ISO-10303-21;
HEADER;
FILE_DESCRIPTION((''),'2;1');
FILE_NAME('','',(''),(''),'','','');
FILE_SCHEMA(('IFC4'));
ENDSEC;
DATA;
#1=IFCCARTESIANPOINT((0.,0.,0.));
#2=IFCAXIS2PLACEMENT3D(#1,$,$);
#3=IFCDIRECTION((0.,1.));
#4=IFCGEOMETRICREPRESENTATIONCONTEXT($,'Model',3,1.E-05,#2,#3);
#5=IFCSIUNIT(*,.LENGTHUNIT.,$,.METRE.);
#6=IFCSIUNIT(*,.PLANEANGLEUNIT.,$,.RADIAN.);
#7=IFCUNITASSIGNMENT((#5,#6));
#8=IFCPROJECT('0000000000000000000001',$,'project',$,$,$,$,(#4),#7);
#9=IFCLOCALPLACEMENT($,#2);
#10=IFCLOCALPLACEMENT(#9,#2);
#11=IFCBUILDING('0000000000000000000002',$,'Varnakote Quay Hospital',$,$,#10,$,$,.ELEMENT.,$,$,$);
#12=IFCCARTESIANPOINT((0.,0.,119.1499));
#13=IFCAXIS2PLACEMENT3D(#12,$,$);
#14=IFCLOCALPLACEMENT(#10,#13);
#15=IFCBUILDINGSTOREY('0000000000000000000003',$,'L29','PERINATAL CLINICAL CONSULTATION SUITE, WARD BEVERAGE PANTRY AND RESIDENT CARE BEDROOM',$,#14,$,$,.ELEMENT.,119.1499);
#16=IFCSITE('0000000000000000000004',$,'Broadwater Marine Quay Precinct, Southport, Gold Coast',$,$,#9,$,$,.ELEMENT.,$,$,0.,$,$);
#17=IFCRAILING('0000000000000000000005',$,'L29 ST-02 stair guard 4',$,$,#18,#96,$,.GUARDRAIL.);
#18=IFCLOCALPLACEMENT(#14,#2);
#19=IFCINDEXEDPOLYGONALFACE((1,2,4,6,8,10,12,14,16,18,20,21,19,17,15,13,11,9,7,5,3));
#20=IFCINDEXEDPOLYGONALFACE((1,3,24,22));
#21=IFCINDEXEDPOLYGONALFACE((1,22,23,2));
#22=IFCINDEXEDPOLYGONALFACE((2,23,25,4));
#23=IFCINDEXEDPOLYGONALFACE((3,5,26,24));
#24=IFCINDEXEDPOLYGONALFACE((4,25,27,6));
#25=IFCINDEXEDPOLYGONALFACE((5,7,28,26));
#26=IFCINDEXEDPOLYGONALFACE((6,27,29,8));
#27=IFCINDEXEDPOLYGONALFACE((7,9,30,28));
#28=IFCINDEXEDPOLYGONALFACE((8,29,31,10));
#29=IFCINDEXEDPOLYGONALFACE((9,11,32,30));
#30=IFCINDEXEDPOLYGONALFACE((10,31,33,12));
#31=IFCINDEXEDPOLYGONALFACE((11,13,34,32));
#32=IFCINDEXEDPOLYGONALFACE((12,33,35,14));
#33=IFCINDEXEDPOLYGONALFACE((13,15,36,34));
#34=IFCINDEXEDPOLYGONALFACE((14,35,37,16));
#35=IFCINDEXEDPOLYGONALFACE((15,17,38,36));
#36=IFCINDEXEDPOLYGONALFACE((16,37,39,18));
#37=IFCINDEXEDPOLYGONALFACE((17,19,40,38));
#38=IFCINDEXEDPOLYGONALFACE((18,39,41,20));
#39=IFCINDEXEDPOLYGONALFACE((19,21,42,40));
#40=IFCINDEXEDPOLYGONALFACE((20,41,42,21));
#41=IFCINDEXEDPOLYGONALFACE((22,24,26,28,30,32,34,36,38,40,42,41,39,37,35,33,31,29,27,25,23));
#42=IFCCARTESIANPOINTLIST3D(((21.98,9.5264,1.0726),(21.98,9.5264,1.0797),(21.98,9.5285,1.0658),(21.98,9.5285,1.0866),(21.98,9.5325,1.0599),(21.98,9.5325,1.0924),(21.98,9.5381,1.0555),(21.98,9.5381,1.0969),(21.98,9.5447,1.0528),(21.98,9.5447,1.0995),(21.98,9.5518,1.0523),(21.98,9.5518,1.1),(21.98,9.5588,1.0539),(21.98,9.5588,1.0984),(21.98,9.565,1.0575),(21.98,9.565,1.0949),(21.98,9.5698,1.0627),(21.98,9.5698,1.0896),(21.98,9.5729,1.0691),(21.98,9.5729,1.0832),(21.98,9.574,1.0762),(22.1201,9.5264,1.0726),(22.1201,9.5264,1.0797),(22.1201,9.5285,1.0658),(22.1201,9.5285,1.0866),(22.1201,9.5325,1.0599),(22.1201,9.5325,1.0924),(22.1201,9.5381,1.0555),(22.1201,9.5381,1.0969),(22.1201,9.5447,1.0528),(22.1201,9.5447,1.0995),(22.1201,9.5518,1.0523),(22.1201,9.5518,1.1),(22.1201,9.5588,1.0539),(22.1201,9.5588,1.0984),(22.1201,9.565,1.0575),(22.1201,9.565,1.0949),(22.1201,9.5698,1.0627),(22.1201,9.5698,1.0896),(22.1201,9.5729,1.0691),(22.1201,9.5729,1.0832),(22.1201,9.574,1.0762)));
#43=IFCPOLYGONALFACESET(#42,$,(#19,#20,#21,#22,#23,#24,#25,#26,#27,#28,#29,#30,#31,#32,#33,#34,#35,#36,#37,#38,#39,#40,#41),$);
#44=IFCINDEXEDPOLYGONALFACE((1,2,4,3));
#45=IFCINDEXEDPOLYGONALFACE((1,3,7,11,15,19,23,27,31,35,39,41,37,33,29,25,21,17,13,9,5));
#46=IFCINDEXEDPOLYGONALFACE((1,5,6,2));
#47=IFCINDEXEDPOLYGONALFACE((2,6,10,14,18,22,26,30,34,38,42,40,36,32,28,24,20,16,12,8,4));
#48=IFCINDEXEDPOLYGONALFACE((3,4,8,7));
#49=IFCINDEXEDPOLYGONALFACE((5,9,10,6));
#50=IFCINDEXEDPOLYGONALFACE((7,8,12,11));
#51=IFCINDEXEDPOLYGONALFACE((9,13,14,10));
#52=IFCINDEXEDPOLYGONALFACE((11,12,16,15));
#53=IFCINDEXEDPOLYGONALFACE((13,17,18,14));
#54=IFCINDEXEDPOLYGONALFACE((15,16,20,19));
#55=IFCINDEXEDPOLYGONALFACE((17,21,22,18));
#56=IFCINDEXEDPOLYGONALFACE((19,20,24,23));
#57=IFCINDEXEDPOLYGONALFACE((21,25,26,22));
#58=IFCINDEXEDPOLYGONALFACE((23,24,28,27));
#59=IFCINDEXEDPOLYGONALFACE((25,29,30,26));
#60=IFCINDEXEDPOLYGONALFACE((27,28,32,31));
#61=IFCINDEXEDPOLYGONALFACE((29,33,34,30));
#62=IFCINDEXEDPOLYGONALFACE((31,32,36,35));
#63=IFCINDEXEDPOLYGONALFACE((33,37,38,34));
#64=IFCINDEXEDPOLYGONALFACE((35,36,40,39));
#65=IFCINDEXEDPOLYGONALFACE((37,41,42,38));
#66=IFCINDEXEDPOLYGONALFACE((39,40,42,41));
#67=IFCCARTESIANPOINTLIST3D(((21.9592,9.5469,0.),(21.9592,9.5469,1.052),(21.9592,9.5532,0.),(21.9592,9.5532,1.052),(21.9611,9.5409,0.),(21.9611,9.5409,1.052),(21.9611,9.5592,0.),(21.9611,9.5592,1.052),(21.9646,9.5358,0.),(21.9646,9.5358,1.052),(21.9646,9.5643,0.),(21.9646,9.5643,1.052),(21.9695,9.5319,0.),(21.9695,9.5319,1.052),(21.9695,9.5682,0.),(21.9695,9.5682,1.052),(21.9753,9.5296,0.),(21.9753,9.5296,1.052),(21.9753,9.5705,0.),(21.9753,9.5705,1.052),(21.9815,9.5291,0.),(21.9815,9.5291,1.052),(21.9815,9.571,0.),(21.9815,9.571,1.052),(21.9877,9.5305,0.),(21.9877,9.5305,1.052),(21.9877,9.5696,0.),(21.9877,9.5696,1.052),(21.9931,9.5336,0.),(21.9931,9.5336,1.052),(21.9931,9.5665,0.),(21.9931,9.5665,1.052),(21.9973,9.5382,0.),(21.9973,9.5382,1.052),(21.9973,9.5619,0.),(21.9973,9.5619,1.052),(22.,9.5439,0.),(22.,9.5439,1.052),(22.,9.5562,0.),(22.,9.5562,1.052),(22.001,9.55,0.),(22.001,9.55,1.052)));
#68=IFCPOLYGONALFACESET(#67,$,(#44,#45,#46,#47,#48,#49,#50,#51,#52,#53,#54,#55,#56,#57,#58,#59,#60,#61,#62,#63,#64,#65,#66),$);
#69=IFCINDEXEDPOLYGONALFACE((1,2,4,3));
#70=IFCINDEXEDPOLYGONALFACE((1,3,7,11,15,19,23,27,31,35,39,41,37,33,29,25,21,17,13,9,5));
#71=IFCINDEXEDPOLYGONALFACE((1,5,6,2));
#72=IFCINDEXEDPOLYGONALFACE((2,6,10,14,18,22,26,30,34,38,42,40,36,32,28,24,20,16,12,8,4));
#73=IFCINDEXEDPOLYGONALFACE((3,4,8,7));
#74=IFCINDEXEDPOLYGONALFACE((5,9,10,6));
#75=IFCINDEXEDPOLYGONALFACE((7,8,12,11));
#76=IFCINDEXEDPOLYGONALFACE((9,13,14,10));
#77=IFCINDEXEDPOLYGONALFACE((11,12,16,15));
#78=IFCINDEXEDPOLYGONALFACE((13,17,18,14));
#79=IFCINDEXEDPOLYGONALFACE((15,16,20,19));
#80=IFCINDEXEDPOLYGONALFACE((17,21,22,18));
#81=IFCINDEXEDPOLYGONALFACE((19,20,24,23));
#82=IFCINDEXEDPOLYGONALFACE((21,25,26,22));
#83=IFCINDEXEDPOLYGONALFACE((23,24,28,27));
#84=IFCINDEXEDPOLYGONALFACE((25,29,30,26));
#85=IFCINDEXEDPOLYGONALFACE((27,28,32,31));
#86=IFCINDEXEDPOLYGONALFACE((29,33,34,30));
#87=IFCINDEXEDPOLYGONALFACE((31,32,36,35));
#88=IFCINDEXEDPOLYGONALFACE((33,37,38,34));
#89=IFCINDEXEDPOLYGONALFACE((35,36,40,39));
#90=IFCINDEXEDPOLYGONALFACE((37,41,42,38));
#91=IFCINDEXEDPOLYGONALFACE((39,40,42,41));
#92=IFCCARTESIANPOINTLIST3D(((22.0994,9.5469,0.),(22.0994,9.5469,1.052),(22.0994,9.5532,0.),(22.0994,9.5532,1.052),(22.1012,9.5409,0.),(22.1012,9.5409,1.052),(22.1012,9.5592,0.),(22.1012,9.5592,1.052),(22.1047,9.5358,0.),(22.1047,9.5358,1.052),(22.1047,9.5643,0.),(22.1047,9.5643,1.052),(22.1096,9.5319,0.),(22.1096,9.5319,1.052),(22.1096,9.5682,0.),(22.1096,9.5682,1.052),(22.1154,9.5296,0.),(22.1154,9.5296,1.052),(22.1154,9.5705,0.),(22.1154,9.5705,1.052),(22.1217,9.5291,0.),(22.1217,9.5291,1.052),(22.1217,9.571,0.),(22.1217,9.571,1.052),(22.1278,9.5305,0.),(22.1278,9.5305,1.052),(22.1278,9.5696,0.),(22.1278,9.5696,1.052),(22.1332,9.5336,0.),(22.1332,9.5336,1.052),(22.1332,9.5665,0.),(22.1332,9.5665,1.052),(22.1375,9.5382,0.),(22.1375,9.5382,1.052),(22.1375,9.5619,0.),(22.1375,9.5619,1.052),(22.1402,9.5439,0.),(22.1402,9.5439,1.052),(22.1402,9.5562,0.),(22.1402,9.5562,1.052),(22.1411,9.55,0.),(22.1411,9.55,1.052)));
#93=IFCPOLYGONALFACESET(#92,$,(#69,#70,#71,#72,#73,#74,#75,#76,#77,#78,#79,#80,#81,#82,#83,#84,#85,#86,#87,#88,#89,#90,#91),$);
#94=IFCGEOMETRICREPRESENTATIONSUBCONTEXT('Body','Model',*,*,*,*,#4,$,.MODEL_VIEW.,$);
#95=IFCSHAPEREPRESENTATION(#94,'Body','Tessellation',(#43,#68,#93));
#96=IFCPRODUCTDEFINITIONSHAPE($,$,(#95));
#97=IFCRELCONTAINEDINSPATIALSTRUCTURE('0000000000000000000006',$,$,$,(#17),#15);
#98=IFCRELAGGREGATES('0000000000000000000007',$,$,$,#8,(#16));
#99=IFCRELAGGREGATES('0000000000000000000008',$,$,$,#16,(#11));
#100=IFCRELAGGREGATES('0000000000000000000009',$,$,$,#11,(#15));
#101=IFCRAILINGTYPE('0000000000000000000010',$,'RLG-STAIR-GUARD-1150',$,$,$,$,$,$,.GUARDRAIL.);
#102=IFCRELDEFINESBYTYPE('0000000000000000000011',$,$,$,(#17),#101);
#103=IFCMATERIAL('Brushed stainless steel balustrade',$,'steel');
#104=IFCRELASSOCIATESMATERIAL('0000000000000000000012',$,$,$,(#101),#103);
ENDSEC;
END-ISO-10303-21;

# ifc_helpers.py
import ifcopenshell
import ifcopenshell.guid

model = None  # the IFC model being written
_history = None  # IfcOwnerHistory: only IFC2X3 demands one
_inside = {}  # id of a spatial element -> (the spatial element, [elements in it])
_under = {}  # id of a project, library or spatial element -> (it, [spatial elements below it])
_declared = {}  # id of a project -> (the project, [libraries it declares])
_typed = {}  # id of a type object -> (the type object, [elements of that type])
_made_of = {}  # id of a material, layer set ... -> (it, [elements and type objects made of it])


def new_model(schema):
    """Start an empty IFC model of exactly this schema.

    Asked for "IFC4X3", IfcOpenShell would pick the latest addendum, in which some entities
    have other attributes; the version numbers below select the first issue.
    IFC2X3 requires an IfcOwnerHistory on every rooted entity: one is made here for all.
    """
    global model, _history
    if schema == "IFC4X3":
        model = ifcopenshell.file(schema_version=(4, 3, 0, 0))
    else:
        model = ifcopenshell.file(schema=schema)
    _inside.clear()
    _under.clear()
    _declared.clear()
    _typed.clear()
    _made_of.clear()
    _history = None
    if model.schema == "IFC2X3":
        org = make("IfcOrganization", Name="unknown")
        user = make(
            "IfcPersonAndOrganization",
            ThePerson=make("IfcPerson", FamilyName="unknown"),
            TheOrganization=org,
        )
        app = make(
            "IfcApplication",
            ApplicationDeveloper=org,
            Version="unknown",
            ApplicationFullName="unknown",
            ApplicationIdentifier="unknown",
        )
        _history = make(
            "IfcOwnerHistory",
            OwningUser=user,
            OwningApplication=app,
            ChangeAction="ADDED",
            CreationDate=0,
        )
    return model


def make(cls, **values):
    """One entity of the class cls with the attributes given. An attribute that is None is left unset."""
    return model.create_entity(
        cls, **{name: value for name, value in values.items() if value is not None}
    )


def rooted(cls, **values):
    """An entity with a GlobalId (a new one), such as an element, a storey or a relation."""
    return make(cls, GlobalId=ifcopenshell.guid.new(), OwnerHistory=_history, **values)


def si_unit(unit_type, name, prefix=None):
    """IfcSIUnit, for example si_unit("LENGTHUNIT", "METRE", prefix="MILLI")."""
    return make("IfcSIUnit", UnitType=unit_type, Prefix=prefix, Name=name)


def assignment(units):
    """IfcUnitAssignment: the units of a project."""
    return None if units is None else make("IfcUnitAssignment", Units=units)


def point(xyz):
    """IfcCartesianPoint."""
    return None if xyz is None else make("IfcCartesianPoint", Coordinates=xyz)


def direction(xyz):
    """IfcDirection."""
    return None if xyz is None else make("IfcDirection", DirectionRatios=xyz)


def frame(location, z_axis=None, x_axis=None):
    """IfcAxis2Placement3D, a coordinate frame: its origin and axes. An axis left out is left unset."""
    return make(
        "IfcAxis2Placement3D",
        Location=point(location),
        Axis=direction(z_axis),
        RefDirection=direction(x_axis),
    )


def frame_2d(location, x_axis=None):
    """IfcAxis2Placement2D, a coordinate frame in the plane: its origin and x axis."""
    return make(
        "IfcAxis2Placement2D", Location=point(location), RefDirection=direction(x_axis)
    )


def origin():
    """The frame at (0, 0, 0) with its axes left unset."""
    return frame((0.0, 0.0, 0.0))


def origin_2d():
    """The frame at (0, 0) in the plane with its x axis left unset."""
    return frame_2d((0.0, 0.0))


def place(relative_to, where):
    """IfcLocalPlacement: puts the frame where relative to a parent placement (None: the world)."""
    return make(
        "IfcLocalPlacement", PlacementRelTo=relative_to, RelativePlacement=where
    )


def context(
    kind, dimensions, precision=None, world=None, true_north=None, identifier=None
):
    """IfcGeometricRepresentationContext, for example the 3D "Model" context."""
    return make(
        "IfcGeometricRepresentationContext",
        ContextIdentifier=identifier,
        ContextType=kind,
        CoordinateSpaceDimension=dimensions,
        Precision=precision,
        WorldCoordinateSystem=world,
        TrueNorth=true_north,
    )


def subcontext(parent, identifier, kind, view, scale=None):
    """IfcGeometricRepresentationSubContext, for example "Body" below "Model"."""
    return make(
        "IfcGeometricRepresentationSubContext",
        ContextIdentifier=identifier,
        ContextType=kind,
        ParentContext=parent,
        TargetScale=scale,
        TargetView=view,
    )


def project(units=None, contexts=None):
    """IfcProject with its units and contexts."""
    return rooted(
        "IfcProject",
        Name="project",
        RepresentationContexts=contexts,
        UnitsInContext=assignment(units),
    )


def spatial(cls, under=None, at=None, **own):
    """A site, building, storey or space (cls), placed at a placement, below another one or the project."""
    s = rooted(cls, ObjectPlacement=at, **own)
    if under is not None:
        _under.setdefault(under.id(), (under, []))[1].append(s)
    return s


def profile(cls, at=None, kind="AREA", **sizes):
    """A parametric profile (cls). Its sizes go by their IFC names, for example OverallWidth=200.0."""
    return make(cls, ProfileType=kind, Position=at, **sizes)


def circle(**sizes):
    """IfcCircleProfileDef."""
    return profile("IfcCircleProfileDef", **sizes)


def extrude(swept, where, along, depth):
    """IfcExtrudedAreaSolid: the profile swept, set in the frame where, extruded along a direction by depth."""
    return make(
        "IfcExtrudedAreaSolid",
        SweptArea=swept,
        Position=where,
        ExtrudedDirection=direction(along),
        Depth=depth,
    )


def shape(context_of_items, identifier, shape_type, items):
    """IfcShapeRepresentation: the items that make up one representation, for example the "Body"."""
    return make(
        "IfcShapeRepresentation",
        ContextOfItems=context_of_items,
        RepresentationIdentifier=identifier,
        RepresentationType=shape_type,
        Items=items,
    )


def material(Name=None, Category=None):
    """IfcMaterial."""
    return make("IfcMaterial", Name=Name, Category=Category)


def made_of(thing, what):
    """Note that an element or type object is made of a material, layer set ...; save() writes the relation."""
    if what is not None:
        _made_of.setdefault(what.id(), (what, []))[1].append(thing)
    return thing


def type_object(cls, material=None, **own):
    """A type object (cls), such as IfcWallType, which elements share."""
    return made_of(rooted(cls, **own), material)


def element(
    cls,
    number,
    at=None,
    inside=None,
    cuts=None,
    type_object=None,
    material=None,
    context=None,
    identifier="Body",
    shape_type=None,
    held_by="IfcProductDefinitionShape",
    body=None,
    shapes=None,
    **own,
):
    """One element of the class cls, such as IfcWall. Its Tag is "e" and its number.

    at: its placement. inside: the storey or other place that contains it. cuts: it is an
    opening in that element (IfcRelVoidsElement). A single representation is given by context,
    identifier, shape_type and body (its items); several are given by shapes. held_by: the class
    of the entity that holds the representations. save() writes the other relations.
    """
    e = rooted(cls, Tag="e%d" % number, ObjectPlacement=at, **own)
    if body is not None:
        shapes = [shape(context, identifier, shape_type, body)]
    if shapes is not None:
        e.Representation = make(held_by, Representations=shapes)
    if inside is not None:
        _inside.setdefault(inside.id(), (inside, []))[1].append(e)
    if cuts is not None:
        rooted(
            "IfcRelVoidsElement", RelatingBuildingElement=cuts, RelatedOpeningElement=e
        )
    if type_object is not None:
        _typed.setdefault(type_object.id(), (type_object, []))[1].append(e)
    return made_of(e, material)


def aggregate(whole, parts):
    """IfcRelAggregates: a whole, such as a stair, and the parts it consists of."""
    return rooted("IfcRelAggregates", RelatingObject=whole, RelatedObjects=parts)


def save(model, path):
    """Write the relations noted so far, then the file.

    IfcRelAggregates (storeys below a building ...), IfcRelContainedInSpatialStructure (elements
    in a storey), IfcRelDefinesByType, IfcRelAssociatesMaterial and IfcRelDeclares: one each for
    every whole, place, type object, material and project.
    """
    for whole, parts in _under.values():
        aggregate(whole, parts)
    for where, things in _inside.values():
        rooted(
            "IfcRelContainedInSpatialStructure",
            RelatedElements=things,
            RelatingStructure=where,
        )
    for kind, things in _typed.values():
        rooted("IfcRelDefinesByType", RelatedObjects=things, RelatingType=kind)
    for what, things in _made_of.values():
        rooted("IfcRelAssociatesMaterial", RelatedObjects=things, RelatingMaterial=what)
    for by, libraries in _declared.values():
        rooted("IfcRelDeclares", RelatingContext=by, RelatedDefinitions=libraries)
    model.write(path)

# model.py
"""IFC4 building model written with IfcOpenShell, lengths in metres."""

from ifc_helpers import new_model, si_unit, direction, frame, origin, origin_2d, place, context, subcontext, project, spatial, circle, extrude, material, type_object, element, save


model = new_model("IFC4")

# Units and contexts
model_context = context("Model", 3, precision=1e-05, world=origin(), true_north=direction((0.0, 1.0)))
body_context = subcontext(model_context, "Body", "Model", "MODEL_VIEW")
ifc_project = project(units=[si_unit("LENGTHUNIT", "METRE"), si_unit("PLANEANGLEUNIT", "RADIAN")], contexts=[model_context])

# Site, building, storey
site_placement = place(None, origin())
site = spatial("IfcSite", under=ifc_project, at=site_placement, Name="Broadwater Marine Quay Precinct, Southport, Gold Coast", CompositionType="ELEMENT", RefElevation=0.0)
building_placement = place(site_placement, origin())
building = spatial("IfcBuilding", under=site, at=building_placement, Name="Varnakote Quay Hospital", CompositionType="ELEMENT")
storey_placement = place(building_placement, frame((0.0, 0.0, 119.1499)))
storey = spatial("IfcBuildingStorey", under=building, at=storey_placement, Name="L29", Description="PERINATAL CLINICAL CONSULTATION SUITE, WARD BEVERAGE PANTRY AND RESIDENT CARE BEDROOM", CompositionType="ELEMENT", Elevation=119.1499)

# Railing
ifc_material_1 = material(Name="Brushed stainless steel balustrade", Category="steel")
railing_type_1 = type_object("IfcRailingType", Name="RLG-STAIR-GUARD-1150", PredefinedType="GUARDRAIL", material=ifc_material_1)
railing_1_placement = place(storey_placement, frame((21.98, 9.55, 0.0)))
element("IfcRailing", 1, at=railing_1_placement, inside=storey, type_object=railing_type_1, Name="L29 ST-02 stair guard 4", PredefinedType="GUARDRAIL", context=body_context, shape_type="SweptSolid", body=[
    extrude(circle(Radius=0.0239, at=origin_2d()), frame((0.0, 0.0, 1.0762), z_axis=(1.0, 0.0, 0.0), x_axis=(0.0, 1.0, 0.0)), (0.0, 0.0, 1.0), 0.1401),
    extrude(circle(Radius=0.021, at=origin_2d()), origin(), (0.0, 0.0, 1.0), 1.052),
    extrude(circle(Radius=0.021, at=origin_2d()), frame((0.1401, 0.0, 0.0)), (0.0, 0.0, 1.0), 1.052),
])

save(model, "model.ifc")
